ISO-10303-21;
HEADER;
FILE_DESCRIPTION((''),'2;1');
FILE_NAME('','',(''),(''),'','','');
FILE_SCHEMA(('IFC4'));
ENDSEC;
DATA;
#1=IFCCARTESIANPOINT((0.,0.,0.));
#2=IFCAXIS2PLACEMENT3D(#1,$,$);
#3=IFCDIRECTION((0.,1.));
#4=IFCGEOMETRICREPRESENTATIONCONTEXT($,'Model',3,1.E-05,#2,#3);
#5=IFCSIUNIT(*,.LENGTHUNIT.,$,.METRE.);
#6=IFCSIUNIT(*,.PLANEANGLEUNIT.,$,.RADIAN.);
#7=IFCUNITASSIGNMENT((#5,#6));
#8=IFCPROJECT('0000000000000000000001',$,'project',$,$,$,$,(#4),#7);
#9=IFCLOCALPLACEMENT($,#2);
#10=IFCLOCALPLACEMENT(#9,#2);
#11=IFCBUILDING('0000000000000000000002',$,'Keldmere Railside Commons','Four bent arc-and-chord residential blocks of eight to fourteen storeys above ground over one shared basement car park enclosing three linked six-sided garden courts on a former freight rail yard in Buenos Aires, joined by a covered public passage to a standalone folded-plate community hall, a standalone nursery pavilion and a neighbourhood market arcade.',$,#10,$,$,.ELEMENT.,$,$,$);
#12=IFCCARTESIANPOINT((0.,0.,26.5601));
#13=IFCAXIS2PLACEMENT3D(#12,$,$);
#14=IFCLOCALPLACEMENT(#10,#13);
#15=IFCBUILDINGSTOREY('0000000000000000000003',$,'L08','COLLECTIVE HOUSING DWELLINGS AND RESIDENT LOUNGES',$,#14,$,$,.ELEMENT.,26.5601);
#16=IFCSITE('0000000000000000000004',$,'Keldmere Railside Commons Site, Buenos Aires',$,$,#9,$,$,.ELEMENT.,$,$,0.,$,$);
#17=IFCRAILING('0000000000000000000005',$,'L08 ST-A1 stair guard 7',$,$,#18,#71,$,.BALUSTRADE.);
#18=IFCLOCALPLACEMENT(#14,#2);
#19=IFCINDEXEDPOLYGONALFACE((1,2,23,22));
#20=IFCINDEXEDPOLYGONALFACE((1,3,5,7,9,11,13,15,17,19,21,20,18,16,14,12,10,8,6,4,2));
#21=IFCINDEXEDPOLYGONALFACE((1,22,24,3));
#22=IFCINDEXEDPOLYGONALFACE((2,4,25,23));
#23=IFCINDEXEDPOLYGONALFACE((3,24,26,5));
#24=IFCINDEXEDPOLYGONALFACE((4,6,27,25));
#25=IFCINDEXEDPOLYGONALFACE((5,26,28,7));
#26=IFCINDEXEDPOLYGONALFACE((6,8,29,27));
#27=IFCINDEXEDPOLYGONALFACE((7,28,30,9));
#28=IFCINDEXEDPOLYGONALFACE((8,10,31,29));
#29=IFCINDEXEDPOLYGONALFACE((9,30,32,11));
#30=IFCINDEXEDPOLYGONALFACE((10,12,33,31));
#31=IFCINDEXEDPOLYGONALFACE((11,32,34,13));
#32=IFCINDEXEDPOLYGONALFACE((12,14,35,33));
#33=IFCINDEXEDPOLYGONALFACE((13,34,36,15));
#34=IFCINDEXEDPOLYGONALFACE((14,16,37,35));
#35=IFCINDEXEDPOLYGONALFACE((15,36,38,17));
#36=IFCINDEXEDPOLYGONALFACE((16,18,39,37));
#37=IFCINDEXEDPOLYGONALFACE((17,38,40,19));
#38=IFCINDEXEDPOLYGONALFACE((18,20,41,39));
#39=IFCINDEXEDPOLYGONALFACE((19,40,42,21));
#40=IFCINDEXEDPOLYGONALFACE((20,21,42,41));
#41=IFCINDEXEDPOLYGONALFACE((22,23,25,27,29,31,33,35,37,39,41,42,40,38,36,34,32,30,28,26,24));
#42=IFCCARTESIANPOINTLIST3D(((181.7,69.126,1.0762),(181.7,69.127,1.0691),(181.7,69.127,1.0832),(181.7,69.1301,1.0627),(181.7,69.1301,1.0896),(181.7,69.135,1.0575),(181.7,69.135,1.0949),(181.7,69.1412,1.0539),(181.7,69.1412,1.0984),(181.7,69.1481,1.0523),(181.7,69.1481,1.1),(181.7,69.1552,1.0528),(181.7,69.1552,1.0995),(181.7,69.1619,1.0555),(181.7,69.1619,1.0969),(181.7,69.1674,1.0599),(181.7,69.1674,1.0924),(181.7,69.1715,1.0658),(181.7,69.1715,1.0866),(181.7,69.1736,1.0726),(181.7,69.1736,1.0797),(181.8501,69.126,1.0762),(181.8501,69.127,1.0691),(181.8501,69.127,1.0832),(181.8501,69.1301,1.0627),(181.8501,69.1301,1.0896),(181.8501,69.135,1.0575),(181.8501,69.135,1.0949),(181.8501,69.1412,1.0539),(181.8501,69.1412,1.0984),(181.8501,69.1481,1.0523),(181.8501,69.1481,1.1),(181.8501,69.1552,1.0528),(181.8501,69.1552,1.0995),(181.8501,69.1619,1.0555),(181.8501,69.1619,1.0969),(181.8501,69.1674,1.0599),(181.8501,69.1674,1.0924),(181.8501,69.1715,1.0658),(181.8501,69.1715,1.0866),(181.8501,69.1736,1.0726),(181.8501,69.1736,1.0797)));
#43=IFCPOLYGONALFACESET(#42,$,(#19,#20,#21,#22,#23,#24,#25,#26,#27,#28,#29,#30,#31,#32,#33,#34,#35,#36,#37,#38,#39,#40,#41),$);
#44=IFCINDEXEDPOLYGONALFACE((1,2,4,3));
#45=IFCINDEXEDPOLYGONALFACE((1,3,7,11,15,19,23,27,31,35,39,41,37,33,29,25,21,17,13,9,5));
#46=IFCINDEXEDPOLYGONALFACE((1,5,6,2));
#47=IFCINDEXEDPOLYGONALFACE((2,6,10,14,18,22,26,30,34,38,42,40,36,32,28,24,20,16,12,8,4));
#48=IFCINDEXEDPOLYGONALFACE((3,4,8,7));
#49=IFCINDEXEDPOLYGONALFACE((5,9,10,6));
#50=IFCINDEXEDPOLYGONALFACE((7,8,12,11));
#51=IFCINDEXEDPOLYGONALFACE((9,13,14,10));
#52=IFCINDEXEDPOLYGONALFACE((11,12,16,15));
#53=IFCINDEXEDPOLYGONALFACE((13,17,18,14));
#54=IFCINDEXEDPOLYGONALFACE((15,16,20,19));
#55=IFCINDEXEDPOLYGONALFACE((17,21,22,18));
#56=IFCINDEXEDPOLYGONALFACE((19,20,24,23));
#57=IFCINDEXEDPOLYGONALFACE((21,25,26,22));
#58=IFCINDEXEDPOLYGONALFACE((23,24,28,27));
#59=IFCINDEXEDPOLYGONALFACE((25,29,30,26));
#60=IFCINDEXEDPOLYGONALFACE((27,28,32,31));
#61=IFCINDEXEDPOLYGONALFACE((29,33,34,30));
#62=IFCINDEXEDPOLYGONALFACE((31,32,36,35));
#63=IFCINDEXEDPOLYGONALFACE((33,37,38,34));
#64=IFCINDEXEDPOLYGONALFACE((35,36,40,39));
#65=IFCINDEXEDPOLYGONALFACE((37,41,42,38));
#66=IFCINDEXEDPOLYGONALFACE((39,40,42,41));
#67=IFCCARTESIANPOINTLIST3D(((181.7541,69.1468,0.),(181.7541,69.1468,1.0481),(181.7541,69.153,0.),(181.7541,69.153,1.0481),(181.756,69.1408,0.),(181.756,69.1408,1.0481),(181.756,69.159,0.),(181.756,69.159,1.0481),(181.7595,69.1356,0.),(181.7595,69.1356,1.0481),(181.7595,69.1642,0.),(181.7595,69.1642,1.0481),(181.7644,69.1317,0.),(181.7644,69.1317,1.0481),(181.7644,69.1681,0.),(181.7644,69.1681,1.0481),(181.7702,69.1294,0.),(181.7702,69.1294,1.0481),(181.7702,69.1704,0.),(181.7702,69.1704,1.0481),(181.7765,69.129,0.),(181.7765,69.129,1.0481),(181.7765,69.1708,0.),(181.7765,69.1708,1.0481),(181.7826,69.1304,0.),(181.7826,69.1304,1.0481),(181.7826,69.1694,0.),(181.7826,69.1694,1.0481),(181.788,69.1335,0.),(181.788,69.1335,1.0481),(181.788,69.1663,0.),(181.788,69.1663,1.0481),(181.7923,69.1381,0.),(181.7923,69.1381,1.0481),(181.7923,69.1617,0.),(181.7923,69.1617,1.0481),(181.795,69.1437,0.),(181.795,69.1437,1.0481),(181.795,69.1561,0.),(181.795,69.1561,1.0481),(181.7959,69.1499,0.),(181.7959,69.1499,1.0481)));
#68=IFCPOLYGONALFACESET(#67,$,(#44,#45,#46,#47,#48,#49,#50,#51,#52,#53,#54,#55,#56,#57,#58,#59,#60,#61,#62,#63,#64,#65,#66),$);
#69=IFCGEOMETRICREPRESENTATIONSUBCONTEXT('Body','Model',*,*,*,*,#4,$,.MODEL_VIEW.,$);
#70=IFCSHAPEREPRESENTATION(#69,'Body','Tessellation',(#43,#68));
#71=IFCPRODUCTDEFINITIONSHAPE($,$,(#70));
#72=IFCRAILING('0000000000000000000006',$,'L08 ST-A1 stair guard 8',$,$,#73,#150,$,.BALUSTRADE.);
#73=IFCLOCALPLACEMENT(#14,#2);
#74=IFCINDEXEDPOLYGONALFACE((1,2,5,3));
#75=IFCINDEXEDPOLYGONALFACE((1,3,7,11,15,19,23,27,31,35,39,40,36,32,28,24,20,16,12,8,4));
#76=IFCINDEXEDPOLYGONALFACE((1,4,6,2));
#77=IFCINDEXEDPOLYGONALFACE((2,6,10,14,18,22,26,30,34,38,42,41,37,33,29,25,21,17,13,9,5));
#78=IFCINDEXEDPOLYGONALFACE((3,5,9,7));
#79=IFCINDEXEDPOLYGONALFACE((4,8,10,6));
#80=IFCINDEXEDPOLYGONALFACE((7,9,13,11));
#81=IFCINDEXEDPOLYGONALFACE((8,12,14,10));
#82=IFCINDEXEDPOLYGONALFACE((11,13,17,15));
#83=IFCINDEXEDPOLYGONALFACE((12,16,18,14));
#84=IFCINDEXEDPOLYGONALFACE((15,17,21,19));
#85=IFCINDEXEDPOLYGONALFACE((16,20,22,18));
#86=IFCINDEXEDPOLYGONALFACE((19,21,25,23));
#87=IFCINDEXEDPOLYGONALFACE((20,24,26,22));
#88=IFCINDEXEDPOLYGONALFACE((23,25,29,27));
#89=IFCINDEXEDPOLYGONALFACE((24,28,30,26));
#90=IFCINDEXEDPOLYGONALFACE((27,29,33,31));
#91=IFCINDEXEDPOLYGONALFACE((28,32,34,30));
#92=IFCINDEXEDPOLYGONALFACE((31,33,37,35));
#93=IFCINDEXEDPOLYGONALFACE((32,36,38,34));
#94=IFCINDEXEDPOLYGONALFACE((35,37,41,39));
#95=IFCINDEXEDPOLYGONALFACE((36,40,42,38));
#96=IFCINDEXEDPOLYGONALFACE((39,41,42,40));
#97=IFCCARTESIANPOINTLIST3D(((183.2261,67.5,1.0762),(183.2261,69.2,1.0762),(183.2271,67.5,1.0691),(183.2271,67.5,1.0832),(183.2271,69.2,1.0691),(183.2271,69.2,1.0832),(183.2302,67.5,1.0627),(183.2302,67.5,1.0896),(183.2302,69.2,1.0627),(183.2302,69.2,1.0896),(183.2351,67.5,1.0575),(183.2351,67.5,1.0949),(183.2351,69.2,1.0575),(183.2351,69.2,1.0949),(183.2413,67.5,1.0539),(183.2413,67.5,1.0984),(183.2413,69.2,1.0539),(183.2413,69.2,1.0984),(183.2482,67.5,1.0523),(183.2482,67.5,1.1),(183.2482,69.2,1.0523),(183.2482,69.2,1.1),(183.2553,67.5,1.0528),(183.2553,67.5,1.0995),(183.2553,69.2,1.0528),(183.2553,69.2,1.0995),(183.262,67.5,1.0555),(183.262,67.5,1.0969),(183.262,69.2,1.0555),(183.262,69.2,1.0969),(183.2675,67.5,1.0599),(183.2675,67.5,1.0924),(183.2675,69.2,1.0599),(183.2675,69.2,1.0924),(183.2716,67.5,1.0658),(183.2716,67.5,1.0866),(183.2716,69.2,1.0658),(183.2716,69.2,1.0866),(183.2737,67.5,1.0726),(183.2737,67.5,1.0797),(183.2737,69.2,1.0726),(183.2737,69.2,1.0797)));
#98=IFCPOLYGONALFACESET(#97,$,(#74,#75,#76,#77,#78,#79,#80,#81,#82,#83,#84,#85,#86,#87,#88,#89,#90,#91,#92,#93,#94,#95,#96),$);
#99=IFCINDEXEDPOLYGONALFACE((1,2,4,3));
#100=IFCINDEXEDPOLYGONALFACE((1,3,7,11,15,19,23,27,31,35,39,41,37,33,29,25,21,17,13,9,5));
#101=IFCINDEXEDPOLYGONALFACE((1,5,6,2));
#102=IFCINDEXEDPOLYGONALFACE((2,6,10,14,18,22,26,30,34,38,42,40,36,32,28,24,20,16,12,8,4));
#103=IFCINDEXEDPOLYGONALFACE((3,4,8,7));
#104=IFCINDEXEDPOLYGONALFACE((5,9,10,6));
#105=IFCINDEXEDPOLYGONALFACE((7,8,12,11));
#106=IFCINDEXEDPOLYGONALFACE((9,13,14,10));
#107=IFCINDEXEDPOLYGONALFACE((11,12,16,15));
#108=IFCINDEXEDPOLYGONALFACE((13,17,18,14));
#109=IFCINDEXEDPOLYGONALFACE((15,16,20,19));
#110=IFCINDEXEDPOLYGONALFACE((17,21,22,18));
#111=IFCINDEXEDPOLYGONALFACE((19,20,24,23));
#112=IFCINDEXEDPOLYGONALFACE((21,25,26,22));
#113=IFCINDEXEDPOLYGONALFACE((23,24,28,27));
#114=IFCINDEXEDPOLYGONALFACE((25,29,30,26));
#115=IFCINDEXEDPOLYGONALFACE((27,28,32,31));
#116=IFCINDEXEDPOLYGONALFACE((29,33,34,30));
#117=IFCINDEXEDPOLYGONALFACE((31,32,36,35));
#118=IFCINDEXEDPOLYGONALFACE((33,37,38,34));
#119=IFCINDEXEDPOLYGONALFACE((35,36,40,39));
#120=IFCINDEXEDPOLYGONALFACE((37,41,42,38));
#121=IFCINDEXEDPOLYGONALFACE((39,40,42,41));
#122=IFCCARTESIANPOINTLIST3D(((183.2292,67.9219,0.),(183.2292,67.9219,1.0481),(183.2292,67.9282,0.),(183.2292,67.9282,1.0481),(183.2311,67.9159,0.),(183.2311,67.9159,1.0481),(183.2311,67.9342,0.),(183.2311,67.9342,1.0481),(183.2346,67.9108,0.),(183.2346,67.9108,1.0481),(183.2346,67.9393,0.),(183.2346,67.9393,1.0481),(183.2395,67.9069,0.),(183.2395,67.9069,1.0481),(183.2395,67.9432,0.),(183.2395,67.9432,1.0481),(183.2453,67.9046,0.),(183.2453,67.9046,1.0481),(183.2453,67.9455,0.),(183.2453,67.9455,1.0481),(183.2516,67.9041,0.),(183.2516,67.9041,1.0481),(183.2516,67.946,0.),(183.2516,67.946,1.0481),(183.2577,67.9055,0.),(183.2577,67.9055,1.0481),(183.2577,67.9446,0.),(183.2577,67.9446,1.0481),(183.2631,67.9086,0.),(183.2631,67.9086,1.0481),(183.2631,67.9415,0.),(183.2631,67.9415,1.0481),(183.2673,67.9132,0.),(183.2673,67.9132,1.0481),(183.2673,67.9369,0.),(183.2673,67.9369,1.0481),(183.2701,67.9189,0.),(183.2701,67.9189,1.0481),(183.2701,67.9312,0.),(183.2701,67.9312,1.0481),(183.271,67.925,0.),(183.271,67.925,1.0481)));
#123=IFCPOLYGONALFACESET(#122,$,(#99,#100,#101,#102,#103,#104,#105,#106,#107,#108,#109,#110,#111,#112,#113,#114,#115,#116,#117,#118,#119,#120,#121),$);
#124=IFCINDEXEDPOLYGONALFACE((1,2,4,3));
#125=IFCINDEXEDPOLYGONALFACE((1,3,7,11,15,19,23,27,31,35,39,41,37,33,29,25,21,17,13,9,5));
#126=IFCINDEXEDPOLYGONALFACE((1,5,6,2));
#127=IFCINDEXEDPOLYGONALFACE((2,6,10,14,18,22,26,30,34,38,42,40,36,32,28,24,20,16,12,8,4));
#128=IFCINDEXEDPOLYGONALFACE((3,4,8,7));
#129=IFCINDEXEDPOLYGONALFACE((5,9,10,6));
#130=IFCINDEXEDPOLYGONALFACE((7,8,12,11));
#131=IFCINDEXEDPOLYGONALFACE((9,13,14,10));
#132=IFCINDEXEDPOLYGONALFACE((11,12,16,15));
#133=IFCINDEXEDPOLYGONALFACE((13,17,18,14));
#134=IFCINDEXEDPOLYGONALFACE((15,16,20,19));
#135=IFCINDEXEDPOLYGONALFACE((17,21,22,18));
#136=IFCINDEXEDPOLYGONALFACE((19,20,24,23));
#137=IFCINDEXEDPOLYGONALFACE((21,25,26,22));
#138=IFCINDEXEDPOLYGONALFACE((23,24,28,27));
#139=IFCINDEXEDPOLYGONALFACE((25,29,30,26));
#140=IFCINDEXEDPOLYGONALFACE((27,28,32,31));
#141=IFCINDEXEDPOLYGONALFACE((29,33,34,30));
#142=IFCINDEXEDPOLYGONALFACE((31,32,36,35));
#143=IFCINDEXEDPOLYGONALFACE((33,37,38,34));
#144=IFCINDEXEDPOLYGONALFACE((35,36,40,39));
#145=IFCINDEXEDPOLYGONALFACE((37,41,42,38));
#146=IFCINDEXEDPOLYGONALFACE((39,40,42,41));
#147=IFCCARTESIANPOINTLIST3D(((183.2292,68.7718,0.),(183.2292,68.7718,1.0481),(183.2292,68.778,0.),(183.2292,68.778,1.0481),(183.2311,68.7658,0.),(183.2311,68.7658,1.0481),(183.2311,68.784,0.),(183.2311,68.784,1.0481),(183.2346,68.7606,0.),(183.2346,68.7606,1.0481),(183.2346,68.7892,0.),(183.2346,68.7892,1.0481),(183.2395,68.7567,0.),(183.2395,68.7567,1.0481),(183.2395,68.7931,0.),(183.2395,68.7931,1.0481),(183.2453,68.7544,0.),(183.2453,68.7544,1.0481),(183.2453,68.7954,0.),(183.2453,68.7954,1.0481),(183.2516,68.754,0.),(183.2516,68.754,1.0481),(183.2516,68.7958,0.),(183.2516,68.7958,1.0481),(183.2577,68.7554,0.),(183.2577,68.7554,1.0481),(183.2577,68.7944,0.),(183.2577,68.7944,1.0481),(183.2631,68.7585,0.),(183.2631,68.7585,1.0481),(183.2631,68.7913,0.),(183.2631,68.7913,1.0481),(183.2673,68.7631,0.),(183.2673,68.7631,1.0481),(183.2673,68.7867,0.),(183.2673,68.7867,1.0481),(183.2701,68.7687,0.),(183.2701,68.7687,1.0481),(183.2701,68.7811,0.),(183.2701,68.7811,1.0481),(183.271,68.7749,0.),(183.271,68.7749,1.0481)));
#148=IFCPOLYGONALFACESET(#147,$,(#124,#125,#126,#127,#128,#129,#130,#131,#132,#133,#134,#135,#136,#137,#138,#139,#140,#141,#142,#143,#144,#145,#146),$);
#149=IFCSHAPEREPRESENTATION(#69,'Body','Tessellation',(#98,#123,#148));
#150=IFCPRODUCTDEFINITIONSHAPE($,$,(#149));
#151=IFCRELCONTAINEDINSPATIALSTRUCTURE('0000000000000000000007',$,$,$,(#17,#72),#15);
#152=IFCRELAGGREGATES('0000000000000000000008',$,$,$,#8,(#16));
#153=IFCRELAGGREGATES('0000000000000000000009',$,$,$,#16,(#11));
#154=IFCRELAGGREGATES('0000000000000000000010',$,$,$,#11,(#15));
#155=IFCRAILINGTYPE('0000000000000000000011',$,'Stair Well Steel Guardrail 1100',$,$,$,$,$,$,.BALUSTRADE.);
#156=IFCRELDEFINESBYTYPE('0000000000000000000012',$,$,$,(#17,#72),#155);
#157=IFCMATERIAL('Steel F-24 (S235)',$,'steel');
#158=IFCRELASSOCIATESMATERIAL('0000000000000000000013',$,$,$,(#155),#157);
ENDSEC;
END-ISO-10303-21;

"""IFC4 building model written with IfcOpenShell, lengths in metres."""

from ifc_helpers import new_model, si_unit, direction, frame, origin, origin_2d, place, context, subcontext, project, spatial, circle, extrude, material, type_object, element, save


model = new_model("IFC4")

# Units and contexts
model_context = context("Model", 3, precision=1e-05, world=origin(), true_north=direction((0.0, 1.0)))
body_context = subcontext(model_context, "Body", "Model", "MODEL_VIEW")
ifc_project = project(units=[si_unit("LENGTHUNIT", "METRE"), si_unit("PLANEANGLEUNIT", "RADIAN")], contexts=[model_context])

# Site, building, storey
site_placement = place(None, origin())
site = spatial("IfcSite", under=ifc_project, at=site_placement, Name="Keldmere Railside Commons Site, Buenos Aires", CompositionType="ELEMENT", RefElevation=0.0)
building_placement = place(site_placement, origin())
building = spatial("IfcBuilding", under=site, at=building_placement, Name="Keldmere Railside Commons", Description="Four bent arc-and-chord residential blocks of eight to fourteen storeys above ground over one shared basement car park enclosing three linked six-sided garden courts on a former freight rail yard in Buenos Aires, joined by a covered public passage to a standalone folded-plate community hall, a standalone nursery pavilion and a neighbourhood market arcade.", CompositionType="ELEMENT")
storey_placement = place(building_placement, frame((0.0, 0.0, 26.5601)))
storey = spatial("IfcBuildingStorey", under=building, at=storey_placement, Name="L08", Description="COLLECTIVE HOUSING DWELLINGS AND RESIDENT LOUNGES", CompositionType="ELEMENT", Elevation=26.5601)

# Shared definitions
ifc_material_1 = material(Name="Steel F-24 (S235)", Category="steel")

# Railings
railing_type_1 = type_object("IfcRailingType", Name="Stair Well Steel Guardrail 1100", PredefinedType="BALUSTRADE", material=ifc_material_1)
railing_1_placement = place(storey_placement, frame((181.8501, 69.1499, 0.0)))
element("IfcRailing", 1, at=railing_1_placement, inside=storey, type_object=railing_type_1, Name="L08 ST-A1 stair guard 7", PredefinedType="BALUSTRADE", context=body_context, shape_type="SweptSolid", body=[
    extrude(circle(Radius=0.0239, at=origin_2d()), frame((0.0, 0.0, 1.0762), z_axis=(-1.0, 0.0, 0.0), x_axis=(0.0, -1.0, 0.0)), (0.0, 0.0, 1.0), 0.1501),
    extrude(circle(Radius=0.021, at=origin_2d()), frame((-0.0752, 0.0, 0.0)), (0.0, 0.0, 1.0), 1.0481),
])
for number, where, name in (
    (2, (183.25, 67.5, 0.0), "L08 ST-A1 stair guard 8"),
):
    element("IfcRailing", number, at=place(storey_placement, frame(where)), inside=storey, type_object=railing_type_1, Name=name, PredefinedType="BALUSTRADE", context=body_context, shape_type="SweptSolid", body=[
        extrude(circle(Radius=0.0239, at=origin_2d()), frame((0.0, 0.0, 1.0762), z_axis=(0.0, 1.0, 0.0), x_axis=(-1.0, 0.0, 0.0)), (0.0, 0.0, 1.0), 1.7),
        extrude(circle(Radius=0.021, at=origin_2d()), frame((0.0, 0.425, 0.0)), (0.0, 0.0, 1.0), 1.0481),
        extrude(circle(Radius=0.021, at=origin_2d()), frame((0.0, 1.2749, 0.0)), (0.0, 0.0, 1.0), 1.0481),
    ])

save(model, "model.ifc")
